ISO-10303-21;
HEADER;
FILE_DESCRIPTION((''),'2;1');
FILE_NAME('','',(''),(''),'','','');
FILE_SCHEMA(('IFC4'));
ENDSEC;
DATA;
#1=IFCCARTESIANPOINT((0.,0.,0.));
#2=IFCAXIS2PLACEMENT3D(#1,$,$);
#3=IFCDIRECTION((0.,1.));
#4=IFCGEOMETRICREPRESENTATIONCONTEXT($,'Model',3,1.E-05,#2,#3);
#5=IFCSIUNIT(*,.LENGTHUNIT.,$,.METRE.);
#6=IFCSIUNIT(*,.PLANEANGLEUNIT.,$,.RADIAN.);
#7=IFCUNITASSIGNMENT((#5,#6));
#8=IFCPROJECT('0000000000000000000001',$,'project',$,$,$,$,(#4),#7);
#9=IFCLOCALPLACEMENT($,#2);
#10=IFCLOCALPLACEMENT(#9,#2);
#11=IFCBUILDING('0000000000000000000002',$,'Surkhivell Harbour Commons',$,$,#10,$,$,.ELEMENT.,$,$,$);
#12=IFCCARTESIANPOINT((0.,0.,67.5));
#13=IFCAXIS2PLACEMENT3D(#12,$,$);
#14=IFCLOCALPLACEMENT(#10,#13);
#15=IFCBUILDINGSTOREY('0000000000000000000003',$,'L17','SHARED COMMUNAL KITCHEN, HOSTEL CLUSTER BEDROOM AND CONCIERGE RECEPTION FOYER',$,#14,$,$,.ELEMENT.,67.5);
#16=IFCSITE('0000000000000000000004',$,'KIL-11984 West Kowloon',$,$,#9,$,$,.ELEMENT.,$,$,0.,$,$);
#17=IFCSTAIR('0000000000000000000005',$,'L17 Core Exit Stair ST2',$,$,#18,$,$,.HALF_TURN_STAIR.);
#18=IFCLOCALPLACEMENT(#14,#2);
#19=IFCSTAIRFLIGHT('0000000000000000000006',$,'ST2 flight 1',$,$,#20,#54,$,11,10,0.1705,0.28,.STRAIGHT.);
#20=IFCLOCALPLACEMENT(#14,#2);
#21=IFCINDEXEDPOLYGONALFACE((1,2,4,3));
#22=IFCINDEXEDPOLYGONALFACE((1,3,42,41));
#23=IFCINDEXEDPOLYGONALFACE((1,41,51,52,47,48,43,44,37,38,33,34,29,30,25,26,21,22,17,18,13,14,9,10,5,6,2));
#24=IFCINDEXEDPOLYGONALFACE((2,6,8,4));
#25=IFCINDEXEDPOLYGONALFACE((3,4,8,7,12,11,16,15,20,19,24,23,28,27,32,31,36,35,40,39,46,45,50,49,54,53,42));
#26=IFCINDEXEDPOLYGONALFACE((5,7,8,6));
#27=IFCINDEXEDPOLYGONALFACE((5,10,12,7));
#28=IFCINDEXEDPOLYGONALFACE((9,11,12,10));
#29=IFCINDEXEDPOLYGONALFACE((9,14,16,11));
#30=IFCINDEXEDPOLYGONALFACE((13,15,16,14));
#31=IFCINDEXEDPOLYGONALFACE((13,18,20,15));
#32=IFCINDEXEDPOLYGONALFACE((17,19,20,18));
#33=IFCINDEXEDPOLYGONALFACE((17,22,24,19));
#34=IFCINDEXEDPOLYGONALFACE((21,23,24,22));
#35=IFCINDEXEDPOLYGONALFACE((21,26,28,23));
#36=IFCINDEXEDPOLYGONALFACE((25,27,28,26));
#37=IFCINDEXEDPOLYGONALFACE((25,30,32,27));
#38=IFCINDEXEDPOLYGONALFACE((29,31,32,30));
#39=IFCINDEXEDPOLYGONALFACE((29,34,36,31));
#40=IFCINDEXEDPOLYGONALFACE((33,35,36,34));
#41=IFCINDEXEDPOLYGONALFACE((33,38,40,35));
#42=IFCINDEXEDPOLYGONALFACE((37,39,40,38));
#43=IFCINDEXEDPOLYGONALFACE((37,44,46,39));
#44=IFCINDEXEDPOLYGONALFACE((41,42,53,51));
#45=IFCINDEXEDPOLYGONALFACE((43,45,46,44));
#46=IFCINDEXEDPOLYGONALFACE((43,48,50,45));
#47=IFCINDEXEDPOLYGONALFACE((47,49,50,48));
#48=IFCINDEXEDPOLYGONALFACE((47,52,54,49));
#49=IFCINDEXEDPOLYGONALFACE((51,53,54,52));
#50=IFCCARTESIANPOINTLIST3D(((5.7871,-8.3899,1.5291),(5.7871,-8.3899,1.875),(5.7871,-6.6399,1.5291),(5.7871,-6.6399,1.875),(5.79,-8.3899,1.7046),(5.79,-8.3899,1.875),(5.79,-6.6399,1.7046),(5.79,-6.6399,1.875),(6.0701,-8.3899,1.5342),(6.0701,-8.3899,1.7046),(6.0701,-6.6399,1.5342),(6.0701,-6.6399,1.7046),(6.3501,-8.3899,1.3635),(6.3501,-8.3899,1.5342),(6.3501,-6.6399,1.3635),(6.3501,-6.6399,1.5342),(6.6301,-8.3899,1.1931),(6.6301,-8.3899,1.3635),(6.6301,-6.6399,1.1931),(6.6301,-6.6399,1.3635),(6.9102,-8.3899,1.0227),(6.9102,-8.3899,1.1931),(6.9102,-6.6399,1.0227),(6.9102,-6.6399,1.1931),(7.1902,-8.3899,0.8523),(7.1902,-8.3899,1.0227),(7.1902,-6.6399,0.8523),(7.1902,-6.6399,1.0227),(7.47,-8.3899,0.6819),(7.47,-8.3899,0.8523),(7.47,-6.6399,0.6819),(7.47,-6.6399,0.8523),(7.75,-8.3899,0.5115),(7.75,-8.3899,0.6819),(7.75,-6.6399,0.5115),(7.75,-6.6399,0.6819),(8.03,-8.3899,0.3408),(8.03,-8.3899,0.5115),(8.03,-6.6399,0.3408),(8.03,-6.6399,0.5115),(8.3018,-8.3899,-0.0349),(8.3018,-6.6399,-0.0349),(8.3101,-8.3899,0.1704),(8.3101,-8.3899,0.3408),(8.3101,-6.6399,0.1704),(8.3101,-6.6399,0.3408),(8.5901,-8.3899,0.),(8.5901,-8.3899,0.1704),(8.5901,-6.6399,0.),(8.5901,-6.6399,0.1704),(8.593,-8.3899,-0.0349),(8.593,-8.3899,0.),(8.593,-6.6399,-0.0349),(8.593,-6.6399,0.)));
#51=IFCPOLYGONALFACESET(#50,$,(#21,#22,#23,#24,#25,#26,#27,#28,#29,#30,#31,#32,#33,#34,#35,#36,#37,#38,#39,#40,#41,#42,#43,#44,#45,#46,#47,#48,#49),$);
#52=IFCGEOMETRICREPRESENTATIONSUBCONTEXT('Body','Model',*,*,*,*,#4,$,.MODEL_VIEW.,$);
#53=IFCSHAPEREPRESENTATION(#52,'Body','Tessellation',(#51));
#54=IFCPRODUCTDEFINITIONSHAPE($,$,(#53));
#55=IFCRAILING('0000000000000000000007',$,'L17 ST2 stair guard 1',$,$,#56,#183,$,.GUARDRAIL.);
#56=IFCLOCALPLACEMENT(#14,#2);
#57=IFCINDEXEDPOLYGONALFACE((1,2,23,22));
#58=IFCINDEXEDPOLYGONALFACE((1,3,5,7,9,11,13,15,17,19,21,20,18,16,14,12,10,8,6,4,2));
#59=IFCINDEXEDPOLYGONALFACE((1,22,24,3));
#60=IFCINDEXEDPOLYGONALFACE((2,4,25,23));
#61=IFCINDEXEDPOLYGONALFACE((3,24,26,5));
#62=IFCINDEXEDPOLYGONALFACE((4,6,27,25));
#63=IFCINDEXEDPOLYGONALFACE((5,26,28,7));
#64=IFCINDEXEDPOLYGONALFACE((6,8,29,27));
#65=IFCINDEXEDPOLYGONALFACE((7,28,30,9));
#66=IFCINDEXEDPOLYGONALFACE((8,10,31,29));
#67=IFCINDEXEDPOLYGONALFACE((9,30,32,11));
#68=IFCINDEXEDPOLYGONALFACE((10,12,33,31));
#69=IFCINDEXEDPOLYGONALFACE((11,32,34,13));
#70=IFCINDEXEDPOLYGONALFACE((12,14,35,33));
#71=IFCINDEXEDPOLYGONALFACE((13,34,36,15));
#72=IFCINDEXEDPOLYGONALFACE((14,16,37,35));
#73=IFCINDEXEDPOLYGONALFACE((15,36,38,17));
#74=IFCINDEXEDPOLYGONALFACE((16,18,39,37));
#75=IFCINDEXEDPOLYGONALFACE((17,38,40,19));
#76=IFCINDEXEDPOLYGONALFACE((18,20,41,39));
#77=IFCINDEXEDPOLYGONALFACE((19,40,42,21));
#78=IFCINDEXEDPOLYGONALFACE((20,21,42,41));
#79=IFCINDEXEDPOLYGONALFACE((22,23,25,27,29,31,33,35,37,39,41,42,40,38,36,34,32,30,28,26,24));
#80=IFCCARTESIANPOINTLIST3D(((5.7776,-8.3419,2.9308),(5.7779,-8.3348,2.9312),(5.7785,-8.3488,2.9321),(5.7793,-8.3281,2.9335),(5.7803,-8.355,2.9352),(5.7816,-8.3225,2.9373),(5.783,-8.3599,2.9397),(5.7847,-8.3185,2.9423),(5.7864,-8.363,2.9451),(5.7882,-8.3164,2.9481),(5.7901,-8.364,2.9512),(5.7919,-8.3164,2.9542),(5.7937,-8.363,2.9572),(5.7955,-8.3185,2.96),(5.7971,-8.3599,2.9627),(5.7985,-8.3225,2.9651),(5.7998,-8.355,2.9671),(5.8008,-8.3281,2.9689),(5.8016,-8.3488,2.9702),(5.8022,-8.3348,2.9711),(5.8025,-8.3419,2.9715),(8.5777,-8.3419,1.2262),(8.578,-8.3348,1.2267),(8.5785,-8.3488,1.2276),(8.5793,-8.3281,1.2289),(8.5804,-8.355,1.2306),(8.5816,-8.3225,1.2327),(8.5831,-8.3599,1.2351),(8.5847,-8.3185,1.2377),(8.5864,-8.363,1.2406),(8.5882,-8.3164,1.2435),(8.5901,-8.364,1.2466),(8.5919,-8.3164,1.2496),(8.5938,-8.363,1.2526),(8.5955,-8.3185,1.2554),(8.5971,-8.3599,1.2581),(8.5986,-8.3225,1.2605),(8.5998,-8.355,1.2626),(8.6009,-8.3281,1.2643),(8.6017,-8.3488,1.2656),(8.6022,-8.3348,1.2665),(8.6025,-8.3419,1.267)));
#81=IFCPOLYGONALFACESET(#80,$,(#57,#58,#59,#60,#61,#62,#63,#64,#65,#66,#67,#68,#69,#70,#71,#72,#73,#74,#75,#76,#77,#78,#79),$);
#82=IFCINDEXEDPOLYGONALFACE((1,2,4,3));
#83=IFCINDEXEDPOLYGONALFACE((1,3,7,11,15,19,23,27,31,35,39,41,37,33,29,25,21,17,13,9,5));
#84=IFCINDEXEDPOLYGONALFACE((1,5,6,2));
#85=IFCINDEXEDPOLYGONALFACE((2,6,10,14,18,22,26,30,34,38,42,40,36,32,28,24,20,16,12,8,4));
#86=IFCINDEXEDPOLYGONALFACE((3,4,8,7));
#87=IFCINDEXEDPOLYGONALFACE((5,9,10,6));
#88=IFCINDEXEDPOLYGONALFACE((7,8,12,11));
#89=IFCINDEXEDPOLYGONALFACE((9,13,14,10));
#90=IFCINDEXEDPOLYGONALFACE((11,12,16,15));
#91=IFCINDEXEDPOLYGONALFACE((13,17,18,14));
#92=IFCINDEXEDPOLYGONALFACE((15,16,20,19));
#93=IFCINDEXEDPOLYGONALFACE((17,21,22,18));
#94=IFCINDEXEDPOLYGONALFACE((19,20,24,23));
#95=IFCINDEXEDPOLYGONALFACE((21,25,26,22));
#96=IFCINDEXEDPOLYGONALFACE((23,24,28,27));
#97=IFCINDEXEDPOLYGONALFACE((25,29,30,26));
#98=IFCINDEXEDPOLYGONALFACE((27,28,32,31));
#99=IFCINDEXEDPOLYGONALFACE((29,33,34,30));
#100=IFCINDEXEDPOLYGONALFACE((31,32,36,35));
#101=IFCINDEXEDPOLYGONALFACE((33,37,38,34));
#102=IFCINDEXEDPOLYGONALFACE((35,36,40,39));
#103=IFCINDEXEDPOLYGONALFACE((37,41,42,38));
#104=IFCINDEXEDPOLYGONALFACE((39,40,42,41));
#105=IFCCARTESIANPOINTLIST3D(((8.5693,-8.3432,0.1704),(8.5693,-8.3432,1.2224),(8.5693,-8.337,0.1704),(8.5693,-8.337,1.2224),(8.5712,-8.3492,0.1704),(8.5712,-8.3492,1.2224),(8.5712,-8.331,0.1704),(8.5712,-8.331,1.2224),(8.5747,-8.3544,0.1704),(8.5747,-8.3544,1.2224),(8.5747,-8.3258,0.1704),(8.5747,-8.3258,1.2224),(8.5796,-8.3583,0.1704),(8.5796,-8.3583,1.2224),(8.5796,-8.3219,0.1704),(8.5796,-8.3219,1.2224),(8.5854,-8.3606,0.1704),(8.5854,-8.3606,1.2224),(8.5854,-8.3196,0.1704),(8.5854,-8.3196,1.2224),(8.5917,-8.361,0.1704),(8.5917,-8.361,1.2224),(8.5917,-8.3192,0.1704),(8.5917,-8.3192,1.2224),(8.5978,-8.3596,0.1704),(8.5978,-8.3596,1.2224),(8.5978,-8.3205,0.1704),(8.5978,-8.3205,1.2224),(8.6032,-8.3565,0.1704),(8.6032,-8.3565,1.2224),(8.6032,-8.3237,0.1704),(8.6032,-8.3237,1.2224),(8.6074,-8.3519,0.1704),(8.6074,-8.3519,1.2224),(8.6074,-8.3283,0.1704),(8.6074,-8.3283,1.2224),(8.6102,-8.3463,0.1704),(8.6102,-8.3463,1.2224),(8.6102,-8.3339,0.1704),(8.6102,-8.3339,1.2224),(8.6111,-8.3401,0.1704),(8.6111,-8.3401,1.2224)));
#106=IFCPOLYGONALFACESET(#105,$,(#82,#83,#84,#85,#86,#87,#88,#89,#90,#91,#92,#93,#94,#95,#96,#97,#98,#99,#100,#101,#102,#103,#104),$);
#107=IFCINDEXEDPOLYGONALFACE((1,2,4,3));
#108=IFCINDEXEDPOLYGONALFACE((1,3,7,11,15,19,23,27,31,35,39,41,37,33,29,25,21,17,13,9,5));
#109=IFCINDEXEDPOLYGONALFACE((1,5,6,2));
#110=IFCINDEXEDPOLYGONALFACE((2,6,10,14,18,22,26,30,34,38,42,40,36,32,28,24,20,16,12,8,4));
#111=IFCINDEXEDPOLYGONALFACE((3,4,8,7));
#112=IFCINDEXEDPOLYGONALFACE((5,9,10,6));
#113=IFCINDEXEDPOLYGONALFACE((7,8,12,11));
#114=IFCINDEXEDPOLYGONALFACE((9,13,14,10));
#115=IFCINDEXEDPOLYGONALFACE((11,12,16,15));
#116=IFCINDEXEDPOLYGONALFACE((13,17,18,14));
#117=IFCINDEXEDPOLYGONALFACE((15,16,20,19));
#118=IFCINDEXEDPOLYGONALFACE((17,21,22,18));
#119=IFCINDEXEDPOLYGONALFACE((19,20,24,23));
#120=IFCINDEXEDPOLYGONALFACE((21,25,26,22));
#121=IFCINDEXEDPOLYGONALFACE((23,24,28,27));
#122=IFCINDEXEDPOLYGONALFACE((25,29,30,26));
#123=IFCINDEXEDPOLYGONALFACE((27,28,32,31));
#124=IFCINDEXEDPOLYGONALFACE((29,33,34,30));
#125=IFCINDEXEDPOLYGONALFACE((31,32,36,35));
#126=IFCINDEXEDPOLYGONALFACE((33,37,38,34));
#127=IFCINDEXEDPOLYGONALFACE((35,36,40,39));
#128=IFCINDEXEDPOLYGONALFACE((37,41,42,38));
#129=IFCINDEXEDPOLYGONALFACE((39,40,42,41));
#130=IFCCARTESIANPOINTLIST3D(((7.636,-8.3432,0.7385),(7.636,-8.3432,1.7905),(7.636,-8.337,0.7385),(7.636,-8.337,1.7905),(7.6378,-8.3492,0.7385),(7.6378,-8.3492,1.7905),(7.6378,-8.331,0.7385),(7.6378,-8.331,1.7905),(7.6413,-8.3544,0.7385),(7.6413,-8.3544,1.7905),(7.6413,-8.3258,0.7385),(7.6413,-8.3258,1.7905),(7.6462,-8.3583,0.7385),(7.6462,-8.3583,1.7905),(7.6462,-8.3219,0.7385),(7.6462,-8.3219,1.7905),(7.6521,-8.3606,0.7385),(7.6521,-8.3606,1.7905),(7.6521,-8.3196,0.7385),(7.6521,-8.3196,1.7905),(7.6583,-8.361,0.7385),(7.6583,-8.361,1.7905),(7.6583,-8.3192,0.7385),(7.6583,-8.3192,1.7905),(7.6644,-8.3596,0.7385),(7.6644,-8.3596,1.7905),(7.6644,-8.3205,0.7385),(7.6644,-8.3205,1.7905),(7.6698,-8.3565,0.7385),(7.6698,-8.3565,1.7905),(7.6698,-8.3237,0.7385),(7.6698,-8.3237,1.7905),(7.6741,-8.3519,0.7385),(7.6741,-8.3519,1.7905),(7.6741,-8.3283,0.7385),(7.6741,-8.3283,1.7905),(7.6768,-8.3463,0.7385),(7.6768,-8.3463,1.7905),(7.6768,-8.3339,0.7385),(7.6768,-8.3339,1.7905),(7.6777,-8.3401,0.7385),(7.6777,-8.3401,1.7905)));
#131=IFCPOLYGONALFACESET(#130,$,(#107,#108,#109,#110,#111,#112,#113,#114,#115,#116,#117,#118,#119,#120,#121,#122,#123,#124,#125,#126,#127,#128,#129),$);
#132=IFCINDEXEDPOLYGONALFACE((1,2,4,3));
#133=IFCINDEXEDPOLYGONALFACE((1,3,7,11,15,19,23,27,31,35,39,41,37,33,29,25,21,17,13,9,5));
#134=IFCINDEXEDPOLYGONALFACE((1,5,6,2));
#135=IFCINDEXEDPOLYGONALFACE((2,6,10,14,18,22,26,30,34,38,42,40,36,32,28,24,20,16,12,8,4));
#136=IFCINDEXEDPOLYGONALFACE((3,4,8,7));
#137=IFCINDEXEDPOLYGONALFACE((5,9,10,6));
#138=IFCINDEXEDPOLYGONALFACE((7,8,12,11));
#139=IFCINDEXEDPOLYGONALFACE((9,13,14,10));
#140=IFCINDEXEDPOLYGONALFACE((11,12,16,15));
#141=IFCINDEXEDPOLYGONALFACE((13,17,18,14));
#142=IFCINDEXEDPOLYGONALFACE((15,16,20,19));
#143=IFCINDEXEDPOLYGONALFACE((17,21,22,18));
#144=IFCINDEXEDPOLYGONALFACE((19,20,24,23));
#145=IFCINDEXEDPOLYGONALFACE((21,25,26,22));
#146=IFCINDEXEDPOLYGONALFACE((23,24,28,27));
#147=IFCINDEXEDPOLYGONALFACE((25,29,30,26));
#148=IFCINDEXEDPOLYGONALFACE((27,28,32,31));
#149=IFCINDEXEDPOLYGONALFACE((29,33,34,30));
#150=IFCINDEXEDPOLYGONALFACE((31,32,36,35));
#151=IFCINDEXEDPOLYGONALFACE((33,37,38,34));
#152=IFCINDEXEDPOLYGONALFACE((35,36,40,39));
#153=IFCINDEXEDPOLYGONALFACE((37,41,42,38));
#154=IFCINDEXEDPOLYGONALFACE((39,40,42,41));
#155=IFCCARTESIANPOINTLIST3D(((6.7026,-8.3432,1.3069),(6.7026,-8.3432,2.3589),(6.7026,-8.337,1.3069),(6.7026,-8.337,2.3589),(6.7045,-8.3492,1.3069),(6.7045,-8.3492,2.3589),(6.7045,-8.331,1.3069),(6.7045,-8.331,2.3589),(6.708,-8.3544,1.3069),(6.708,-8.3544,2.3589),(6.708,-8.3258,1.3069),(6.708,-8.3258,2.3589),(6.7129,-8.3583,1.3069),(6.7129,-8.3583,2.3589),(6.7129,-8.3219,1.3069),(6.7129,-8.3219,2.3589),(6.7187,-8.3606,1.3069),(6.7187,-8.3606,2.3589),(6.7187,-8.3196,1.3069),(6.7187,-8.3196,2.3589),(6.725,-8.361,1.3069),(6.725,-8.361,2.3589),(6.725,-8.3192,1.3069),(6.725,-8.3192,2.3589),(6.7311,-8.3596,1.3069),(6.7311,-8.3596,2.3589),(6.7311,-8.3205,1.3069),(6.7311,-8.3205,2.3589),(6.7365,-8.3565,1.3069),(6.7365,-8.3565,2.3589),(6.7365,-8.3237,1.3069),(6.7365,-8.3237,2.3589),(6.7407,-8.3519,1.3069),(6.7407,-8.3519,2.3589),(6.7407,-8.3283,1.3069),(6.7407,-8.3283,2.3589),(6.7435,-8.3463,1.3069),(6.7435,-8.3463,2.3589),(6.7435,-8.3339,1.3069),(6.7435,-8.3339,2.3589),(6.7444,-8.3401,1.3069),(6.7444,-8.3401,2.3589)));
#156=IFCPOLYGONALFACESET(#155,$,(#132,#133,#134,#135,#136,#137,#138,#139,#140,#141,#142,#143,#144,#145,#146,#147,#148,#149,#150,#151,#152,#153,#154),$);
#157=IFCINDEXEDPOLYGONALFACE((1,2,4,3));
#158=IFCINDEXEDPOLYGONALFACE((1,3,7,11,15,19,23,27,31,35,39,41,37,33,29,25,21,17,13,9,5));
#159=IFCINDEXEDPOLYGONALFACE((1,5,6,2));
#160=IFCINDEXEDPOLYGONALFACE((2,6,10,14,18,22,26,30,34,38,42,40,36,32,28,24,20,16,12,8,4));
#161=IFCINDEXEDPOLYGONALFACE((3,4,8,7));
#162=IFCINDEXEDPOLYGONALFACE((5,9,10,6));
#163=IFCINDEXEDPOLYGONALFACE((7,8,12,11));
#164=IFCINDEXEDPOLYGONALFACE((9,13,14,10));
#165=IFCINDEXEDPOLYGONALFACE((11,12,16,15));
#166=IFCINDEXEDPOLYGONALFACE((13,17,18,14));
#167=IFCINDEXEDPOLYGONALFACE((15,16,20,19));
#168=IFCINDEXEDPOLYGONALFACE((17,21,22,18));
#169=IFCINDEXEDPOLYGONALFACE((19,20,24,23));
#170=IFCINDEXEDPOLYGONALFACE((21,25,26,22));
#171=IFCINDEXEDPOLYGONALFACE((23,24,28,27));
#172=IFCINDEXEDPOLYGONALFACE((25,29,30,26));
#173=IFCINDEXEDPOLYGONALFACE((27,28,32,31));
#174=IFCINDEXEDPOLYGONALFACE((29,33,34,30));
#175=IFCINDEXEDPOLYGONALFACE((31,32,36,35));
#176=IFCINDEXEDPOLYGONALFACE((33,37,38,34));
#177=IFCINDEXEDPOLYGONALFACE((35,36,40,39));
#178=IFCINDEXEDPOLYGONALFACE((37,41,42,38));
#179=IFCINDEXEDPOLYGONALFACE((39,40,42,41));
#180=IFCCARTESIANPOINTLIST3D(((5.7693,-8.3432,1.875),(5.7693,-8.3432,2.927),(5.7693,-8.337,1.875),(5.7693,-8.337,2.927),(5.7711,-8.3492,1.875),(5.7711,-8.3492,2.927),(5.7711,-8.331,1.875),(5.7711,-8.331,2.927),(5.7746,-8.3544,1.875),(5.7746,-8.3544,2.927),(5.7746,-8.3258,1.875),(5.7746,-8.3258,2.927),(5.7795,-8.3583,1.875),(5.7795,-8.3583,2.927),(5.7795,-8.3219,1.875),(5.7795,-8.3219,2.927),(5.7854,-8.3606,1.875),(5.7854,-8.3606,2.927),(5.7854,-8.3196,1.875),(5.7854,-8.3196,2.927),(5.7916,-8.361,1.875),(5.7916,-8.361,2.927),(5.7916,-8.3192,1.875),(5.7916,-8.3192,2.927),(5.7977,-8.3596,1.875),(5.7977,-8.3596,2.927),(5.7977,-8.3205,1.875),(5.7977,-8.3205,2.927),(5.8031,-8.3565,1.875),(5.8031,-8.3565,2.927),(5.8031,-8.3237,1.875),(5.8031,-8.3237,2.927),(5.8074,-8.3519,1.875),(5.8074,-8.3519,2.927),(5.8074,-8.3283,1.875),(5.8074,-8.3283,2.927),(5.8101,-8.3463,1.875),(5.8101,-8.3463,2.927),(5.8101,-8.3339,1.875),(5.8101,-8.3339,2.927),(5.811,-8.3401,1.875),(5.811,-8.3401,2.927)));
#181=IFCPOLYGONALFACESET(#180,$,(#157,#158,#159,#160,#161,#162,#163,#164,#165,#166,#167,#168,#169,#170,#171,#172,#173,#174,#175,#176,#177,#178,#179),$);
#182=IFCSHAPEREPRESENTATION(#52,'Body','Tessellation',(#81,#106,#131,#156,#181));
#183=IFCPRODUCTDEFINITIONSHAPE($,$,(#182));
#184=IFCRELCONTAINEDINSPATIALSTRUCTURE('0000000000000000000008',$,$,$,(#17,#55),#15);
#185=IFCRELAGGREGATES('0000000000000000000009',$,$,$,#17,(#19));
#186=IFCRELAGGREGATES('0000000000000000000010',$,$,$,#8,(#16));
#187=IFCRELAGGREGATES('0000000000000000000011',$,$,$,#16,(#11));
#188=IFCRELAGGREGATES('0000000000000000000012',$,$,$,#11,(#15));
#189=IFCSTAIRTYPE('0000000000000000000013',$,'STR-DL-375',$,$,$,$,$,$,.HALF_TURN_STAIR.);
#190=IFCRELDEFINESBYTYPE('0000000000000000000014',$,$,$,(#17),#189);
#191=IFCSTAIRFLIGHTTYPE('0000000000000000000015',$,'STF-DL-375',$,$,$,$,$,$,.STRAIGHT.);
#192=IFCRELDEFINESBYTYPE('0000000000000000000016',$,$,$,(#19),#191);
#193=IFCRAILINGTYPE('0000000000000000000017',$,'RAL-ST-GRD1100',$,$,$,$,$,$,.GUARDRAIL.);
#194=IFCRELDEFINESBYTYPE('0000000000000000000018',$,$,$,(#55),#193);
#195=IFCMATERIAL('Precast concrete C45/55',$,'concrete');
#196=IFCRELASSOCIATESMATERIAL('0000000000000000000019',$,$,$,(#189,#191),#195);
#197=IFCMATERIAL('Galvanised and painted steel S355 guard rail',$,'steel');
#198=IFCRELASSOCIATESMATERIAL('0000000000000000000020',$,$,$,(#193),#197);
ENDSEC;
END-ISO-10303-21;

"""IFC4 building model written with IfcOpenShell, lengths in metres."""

from ifc_helpers import new_model, si_unit, direction, frame, origin, origin_2d, place, context, subcontext, project, spatial, polyline, circle, outline, extrude, material, type_object, element, aggregate, save


model = new_model("IFC4")

# Units and contexts
model_context = context("Model", 3, precision=1e-05, world=origin(), true_north=direction((0.0, 1.0)))
body_context = subcontext(model_context, "Body", "Model", "MODEL_VIEW")
ifc_project = project(units=[si_unit("LENGTHUNIT", "METRE"), si_unit("PLANEANGLEUNIT", "RADIAN")], contexts=[model_context])

# Site, building, storey
site_placement = place(None, origin())
site = spatial("IfcSite", under=ifc_project, at=site_placement, Name="KIL-11984 West Kowloon", CompositionType="ELEMENT", RefElevation=0.0)
building_placement = place(site_placement, origin())
building = spatial("IfcBuilding", under=site, at=building_placement, Name="Surkhivell Harbour Commons", CompositionType="ELEMENT")
storey_placement = place(building_placement, frame((0.0, 0.0, 67.5)))
storey = spatial("IfcBuildingStorey", under=building, at=storey_placement, Name="L17", Description="SHARED COMMUNAL KITCHEN, HOSTEL CLUSTER BEDROOM AND CONCIERGE RECEPTION FOYER", CompositionType="ELEMENT", Elevation=67.5)

# Stair, stair flight
ifc_material_1 = material(Name="Precast concrete C45/55", Category="concrete")
stair_type = type_object("IfcStairType", Name="STR-DL-375", PredefinedType="HALF_TURN_STAIR", material=ifc_material_1)
stair_placement = place(storey_placement, origin())
stair = element("IfcStair", 1, at=stair_placement, inside=storey, type_object=stair_type, Name="L17 Core Exit Stair ST2", PredefinedType="HALF_TURN_STAIR")
stair_flight_type = type_object("IfcStairFlightType", Name="STF-DL-375", PredefinedType="STRAIGHT", material=ifc_material_1)
stair_flight_placement = place(storey_placement, frame((8.5901, -7.5149, 0.0), z_axis=(0.0, 0.0, 1.0), x_axis=(-1.0, 0.0, 0.0)))
stair_flight = element("IfcStairFlight", 2, at=stair_flight_placement, type_object=stair_flight_type, Name="ST2 flight 1", NumberOfRisers=11, NumberOfTreads=10, PredefinedType="STRAIGHT", RiserHeight=0.1705, TreadLength=0.28, context=body_context, shape_type="SweptSolid", body=[
    extrude(outline(polyline([(-0.0029, -0.0349), (-0.0029, 0.0), (0.0, 0.0), (0.0, 0.1704), (0.28, 0.1704), (0.28, 0.3408), (0.5601, 0.3408), (0.5601, 0.5115), (0.8401, 0.5115), (0.8401, 0.6819), (1.1201, 0.6819), (1.1201, 0.8523), (1.3999, 0.8523), (1.3999, 1.0227), (1.6799, 1.0227), (1.6799, 1.1931), (1.96, 1.1931), (1.96, 1.3635), (2.24, 1.3635), (2.24, 1.5342), (2.52, 1.5342), (2.52, 1.7046), (2.8, 1.7046), (2.8, 1.875), (2.803, 1.875), (2.803, 1.5291), (0.2883, -0.0349), (-0.0029, -0.0349)])), frame((0.0, 0.875, 0.0), z_axis=(0.0, -1.0, 0.0), x_axis=(1.0, 0.0, 0.0)), (0.0, 0.0, 1.0), 1.75),
])
aggregate(stair, [stair_flight])

# Railing
ifc_material_2 = material(Name="Galvanised and painted steel S355 guard rail", Category="steel")
railing_type_1 = type_object("IfcRailingType", Name="RAL-ST-GRD1100", PredefinedType="GUARDRAIL", material=ifc_material_2)
railing_1_placement = place(storey_placement, frame((8.5901, -8.3401, 0.1704)))
element("IfcRailing", 3, at=railing_1_placement, inside=storey, type_object=railing_type_1, Name="L17 ST2 stair guard 1", PredefinedType="GUARDRAIL", context=body_context, shape_type="SweptSolid", body=[
    extrude(circle(Radius=0.0239, at=origin_2d()), frame((0.0, 0.0, 1.0762), z_axis=(-0.85417, 0.0, 0.519994), x_axis=(0.0, -1.0, 0.0)), (0.0, 0.0, 1.0), 3.2781),
    extrude(circle(Radius=0.021, at=origin_2d()), origin(), (0.0, 0.0, 1.0), 1.052),
    extrude(circle(Radius=0.021, at=origin_2d()), frame((-0.9333, 0.0, 0.5681)), (0.0, 0.0, 1.0), 1.052),
    extrude(circle(Radius=0.021, at=origin_2d()), frame((-1.8667, 0.0, 1.1365)), (0.0, 0.0, 1.0), 1.052),
    extrude(circle(Radius=0.021, at=origin_2d()), frame((-2.8, 0.0, 1.7046)), (0.0, 0.0, 1.0), 1.052),
])

save(model, "model.ifc")
